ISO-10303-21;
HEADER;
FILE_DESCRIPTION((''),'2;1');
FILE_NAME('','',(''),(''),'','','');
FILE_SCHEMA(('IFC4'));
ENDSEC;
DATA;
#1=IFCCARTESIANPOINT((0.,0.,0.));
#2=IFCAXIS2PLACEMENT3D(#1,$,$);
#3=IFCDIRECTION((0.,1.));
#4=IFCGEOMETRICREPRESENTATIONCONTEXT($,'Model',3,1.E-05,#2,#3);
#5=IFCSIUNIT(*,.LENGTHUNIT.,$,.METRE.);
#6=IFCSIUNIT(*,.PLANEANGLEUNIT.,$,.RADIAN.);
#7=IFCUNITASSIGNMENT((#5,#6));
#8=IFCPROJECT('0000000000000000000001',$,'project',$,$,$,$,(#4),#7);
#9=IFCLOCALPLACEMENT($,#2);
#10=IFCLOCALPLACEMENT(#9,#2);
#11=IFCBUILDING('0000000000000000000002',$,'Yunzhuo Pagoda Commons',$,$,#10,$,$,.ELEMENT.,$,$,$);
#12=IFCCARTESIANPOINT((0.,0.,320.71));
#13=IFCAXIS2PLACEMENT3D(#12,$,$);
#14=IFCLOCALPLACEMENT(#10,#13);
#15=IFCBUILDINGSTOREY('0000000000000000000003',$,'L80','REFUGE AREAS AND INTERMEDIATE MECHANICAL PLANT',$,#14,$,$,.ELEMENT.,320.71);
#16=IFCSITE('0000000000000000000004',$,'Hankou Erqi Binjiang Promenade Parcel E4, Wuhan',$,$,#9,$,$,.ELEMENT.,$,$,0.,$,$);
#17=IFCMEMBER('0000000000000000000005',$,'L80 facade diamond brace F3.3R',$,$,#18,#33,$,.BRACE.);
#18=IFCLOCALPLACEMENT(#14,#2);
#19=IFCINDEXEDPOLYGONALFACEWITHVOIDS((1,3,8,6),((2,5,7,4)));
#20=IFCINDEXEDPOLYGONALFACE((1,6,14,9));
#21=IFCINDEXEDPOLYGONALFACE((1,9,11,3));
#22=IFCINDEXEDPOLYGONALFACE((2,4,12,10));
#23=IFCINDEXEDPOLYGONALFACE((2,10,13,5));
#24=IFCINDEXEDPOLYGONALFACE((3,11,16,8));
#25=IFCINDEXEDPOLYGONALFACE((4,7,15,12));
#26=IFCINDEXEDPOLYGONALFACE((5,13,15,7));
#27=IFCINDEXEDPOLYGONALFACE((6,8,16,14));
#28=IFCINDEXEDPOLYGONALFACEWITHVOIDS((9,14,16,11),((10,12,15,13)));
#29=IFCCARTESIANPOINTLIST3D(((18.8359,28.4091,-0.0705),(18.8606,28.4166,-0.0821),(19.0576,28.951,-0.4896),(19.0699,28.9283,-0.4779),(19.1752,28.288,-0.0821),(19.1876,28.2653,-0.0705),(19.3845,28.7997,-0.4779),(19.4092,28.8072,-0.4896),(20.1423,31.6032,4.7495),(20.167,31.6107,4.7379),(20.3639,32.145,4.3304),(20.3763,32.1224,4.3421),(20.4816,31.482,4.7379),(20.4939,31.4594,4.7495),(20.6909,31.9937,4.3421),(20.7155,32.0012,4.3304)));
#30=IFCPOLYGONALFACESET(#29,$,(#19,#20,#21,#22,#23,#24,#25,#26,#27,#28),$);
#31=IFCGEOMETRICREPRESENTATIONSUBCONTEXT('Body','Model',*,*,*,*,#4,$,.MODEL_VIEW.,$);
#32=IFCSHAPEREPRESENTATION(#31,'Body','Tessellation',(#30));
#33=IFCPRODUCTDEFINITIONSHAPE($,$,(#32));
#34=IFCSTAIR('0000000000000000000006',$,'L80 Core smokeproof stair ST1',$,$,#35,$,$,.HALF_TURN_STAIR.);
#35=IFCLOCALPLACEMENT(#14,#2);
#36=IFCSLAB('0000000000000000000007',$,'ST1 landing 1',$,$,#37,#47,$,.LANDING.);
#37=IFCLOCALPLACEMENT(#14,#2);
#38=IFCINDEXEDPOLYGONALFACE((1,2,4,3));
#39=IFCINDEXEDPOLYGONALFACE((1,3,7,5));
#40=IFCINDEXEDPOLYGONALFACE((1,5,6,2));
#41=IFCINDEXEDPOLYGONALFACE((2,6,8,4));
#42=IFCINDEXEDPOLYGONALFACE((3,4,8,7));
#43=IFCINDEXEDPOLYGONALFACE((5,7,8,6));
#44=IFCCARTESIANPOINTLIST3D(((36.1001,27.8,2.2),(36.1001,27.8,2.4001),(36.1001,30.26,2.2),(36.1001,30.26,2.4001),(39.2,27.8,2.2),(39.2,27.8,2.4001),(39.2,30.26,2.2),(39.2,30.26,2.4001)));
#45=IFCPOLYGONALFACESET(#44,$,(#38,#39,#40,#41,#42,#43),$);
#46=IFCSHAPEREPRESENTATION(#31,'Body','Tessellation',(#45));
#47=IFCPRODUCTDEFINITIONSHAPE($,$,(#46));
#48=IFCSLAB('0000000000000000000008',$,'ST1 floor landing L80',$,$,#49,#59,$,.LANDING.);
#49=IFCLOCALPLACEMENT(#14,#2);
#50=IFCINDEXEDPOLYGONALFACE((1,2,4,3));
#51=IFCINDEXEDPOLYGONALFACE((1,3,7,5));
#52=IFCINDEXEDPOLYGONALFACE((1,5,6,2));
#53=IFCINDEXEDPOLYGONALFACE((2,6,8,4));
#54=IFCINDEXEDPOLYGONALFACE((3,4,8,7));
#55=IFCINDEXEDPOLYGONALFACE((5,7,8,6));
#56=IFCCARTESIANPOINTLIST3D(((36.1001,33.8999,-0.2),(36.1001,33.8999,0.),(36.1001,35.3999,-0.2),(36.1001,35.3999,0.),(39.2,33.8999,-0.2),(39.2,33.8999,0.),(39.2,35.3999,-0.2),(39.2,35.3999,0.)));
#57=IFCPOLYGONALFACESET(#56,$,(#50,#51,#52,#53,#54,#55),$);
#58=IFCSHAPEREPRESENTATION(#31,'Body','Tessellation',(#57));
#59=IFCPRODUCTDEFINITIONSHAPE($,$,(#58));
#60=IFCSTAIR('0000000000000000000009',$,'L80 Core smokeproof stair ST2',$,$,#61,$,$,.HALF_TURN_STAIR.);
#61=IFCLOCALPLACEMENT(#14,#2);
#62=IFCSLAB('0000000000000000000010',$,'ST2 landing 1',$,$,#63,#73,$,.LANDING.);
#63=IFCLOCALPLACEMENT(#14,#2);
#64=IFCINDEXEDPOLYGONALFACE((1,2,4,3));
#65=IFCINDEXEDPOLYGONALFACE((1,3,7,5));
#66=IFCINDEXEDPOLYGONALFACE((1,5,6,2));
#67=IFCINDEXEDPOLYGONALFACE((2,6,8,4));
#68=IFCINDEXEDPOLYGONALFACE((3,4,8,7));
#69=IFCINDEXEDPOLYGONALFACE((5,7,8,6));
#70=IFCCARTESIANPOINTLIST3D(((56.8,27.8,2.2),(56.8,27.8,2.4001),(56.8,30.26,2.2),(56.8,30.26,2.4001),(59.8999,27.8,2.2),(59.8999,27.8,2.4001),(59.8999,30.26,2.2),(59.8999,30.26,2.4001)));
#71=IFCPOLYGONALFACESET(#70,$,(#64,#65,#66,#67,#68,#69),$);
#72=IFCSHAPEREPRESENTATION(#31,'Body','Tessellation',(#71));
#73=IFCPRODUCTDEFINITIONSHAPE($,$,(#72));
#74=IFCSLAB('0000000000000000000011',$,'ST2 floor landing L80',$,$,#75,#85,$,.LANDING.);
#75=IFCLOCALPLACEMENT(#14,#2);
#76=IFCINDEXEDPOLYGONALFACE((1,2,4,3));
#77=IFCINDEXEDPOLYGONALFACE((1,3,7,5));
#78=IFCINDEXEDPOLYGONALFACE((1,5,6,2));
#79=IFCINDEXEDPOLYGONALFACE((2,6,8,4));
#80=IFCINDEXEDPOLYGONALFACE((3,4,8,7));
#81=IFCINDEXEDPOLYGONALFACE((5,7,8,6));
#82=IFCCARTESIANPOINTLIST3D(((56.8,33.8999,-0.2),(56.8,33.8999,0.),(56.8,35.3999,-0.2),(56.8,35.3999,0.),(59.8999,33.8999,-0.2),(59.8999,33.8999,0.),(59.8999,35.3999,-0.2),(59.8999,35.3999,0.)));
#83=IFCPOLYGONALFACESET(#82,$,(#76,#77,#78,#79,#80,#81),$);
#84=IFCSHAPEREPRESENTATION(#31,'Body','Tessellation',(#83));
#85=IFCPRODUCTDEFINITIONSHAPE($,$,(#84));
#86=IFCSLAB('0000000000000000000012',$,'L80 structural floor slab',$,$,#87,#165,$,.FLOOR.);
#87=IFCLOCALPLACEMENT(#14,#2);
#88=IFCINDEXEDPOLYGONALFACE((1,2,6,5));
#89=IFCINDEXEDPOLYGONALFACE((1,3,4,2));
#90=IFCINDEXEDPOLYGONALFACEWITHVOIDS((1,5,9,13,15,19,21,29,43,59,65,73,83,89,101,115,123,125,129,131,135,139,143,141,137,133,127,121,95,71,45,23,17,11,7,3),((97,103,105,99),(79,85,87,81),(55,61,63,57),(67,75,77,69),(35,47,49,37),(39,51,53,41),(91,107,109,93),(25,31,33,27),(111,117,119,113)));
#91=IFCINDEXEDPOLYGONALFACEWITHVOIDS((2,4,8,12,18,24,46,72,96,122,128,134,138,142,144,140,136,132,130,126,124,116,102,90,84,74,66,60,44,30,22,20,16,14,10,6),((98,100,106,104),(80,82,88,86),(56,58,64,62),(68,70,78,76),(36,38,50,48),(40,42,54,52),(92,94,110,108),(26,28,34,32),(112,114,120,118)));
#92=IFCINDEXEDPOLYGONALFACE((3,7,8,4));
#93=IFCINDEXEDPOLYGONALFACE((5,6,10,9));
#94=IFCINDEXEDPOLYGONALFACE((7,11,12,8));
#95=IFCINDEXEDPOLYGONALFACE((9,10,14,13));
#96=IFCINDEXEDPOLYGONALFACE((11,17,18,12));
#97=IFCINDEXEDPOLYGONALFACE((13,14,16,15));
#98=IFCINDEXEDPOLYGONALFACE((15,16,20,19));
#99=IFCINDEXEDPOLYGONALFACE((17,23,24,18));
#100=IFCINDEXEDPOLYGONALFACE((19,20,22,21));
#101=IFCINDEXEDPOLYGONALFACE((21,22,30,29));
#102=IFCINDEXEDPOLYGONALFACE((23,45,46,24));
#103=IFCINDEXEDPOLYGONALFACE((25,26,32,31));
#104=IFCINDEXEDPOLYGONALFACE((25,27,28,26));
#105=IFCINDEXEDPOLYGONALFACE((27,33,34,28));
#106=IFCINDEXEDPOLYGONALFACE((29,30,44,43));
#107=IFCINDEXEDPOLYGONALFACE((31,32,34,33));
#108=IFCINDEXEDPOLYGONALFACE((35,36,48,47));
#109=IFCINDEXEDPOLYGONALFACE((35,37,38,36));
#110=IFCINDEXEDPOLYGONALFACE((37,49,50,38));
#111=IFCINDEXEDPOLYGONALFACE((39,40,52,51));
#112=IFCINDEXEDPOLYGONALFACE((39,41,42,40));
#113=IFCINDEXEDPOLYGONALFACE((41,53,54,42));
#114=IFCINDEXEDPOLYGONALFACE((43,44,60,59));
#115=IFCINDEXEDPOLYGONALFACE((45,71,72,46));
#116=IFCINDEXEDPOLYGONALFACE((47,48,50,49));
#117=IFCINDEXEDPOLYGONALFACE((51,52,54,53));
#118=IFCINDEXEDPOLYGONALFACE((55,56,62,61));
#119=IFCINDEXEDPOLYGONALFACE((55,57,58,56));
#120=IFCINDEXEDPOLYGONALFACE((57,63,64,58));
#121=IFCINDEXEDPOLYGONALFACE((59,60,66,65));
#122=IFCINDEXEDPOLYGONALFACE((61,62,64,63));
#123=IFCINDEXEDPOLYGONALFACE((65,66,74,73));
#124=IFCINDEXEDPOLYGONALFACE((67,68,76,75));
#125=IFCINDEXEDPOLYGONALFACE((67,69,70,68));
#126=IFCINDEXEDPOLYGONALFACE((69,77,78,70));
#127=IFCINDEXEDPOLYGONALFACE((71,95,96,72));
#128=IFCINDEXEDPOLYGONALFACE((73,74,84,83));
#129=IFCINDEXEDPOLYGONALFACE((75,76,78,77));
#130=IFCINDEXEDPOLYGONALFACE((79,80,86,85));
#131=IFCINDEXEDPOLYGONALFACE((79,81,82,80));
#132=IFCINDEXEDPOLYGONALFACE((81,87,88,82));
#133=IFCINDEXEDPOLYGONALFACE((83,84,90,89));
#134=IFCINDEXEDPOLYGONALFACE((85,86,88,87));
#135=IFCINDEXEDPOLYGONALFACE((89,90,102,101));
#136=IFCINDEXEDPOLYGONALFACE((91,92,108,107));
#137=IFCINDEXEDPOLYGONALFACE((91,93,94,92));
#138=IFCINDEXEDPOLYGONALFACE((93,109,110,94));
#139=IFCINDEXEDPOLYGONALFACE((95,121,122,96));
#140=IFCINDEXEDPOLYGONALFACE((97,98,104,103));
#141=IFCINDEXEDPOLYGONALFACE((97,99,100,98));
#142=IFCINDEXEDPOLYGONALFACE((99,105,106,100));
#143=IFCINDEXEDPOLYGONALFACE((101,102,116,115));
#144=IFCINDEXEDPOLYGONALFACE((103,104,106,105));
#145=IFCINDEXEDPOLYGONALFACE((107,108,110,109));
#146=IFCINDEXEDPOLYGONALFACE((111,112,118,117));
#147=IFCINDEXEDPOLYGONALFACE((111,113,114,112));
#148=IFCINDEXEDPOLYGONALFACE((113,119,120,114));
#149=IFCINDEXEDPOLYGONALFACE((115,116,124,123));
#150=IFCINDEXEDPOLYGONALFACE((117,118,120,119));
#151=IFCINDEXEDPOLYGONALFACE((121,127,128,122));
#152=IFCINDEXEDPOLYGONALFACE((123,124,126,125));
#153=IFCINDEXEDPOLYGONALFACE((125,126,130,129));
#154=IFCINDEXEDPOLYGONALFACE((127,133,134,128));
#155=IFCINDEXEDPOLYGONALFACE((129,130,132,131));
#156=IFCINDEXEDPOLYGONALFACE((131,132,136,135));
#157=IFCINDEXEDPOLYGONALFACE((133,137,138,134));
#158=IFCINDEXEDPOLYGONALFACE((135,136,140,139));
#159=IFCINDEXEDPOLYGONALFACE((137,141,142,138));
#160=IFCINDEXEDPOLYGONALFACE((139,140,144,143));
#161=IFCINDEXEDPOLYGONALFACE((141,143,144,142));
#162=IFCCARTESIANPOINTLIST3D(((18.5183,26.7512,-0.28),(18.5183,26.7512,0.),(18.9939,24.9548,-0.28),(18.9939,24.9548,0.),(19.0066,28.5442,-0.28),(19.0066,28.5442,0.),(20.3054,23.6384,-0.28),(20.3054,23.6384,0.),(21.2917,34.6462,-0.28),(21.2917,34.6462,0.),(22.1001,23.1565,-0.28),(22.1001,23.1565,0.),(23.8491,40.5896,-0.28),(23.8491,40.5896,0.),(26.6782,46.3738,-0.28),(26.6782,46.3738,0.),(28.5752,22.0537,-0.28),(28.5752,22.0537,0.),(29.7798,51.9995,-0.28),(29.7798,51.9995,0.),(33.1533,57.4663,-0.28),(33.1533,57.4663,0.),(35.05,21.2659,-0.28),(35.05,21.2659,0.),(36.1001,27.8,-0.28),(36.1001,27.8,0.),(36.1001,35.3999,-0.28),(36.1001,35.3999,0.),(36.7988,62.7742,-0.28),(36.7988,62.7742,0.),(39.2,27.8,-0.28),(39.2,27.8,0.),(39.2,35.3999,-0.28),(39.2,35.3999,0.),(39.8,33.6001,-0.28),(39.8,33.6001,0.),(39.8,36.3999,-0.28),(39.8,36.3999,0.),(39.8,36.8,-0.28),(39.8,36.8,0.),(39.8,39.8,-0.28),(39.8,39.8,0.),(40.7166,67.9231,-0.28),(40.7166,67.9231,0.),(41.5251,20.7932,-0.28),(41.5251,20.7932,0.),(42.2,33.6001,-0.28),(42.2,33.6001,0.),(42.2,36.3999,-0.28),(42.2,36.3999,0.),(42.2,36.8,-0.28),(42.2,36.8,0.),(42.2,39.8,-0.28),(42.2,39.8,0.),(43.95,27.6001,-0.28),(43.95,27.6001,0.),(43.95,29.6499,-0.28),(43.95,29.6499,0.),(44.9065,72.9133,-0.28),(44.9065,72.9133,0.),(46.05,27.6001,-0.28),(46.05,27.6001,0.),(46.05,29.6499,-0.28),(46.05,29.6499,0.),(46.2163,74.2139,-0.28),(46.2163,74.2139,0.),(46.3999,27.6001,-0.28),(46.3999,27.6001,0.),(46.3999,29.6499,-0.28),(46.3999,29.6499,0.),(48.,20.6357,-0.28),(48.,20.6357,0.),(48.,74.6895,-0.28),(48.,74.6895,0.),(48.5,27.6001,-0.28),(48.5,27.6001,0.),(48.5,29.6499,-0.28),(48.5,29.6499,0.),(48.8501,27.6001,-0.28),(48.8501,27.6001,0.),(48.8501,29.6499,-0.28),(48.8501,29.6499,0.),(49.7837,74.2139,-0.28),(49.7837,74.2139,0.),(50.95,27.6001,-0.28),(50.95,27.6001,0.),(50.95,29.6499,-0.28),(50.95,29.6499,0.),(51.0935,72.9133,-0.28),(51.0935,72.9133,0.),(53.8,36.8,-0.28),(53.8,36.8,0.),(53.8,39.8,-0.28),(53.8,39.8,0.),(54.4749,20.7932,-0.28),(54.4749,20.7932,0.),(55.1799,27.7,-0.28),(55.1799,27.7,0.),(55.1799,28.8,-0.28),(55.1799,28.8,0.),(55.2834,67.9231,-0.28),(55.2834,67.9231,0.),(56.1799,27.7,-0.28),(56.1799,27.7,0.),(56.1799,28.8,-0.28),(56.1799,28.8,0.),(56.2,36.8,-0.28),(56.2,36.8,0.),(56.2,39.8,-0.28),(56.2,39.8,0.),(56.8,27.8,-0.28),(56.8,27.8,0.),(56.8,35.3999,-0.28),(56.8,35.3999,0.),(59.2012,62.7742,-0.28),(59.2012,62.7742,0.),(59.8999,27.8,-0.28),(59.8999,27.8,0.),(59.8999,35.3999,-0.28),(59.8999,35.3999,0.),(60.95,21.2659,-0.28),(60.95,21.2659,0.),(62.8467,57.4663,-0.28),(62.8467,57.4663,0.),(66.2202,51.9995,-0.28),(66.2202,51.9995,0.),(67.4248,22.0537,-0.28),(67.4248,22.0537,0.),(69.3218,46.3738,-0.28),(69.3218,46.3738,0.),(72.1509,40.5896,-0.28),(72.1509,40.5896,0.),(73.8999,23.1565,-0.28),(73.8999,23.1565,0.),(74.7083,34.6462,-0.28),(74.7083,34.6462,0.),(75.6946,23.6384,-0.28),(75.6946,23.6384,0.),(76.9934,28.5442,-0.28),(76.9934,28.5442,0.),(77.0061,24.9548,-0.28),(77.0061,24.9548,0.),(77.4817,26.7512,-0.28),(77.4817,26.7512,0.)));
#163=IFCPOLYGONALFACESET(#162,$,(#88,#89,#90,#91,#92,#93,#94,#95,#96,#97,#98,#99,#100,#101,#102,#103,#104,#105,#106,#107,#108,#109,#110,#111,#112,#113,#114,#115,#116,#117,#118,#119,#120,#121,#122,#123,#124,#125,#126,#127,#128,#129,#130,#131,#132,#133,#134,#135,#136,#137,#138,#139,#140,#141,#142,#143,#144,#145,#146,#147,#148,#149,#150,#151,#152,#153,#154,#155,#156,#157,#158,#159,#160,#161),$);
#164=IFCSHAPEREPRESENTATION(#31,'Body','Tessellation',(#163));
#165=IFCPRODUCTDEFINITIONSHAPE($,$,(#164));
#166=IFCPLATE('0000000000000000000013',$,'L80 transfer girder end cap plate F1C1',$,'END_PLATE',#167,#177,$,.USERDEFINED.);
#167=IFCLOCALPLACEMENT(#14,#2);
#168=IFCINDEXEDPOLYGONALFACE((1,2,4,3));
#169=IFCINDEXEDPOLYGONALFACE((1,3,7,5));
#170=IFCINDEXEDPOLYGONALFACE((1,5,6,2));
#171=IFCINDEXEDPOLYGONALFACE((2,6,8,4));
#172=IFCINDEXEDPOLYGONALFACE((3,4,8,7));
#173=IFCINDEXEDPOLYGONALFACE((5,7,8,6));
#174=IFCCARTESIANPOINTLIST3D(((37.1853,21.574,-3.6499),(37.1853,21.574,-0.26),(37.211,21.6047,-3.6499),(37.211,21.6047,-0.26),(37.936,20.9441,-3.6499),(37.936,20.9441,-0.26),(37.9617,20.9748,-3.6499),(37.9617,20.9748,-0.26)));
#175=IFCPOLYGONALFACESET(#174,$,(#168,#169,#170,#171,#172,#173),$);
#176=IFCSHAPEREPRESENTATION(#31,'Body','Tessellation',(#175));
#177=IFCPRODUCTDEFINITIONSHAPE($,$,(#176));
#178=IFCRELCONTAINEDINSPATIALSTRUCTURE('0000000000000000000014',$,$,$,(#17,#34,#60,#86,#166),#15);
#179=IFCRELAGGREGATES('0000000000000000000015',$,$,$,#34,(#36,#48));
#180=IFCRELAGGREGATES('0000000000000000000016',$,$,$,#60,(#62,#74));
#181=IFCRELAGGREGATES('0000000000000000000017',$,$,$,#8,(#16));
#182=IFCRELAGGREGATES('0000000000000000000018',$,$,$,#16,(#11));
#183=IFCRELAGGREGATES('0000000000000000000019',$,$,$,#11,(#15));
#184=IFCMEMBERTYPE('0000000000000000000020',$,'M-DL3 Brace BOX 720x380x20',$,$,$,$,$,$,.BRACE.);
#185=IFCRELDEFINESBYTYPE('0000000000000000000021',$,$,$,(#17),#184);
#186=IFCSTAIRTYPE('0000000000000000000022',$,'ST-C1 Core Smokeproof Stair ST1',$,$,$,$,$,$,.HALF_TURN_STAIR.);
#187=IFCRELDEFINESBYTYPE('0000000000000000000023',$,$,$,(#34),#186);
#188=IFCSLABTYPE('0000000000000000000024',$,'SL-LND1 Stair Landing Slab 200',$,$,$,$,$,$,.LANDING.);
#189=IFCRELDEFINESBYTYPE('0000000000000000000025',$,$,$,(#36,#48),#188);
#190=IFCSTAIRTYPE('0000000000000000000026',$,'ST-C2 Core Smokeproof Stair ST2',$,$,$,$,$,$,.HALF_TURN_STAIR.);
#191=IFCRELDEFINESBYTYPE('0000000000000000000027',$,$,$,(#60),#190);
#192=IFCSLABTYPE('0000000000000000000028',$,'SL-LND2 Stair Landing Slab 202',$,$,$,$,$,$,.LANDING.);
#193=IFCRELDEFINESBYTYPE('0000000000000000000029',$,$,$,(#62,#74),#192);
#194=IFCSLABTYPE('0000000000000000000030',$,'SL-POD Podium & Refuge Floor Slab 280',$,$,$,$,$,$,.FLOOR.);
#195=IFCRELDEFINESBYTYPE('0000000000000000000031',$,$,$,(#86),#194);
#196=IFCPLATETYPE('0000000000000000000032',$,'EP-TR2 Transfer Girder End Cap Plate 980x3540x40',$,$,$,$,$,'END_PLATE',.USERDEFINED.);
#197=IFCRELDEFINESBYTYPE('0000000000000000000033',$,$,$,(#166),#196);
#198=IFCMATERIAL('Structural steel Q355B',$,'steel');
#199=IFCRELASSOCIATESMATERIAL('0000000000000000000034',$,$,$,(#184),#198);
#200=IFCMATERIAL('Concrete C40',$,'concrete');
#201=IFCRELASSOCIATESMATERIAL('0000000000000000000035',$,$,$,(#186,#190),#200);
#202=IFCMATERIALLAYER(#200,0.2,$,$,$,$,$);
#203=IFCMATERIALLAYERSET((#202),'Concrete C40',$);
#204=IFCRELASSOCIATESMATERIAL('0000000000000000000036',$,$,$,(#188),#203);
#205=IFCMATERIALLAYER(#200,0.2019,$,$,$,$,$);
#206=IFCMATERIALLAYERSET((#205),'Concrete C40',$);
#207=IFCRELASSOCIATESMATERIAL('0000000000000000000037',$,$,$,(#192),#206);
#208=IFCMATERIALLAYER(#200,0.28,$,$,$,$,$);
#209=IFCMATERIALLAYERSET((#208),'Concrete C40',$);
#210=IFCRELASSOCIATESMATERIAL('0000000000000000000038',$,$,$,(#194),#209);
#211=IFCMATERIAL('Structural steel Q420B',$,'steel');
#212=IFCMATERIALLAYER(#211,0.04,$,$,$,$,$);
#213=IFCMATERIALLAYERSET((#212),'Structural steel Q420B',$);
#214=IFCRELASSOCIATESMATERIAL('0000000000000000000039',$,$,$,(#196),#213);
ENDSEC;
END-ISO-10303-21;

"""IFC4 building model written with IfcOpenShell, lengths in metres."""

from ifc_helpers import new_model, si_unit, direction, frame, origin, origin_2d, place, context, subcontext, project, spatial, polyline, rectangle, hollow_rectangle, outline, extrude, source, transform, mapped, material, layer, layer_set, material_profile, profile_set, type_object, element, aggregate, save


model = new_model("IFC4")

# Units and contexts
model_context = context("Model", 3, precision=1e-05, world=origin(), true_north=direction((0.0, 1.0)))
body_context = subcontext(model_context, "Body", "Model", "MODEL_VIEW")
ifc_project = project(units=[si_unit("LENGTHUNIT", "METRE"), si_unit("PLANEANGLEUNIT", "RADIAN")], contexts=[model_context])

# Site, building, storey
site_placement = place(None, origin())
site = spatial("IfcSite", under=ifc_project, at=site_placement, Name="Hankou Erqi Binjiang Promenade Parcel E4, Wuhan", CompositionType="ELEMENT", RefElevation=0.0)
building_placement = place(site_placement, origin())
building = spatial("IfcBuilding", under=site, at=building_placement, Name="Yunzhuo Pagoda Commons", CompositionType="ELEMENT")
storey_placement = place(building_placement, frame((0.0, 0.0, 320.71)))
storey = spatial("IfcBuildingStorey", under=building, at=storey_placement, Name="L80", Description="REFUGE AREAS AND INTERMEDIATE MECHANICAL PLANT", CompositionType="ELEMENT", Elevation=320.71)

# Shared definitions
ifc_material_1 = material(Name="Structural steel Q420B", Category="steel")
ifc_material_2 = material(Name="Structural steel Q355B", Category="steel")

# Member
ifc_material_profile_1 = material_profile(ifc_material_2, hollow_rectangle(XDim=0.3799, YDim=0.72, WallThickness=0.02, at=origin_2d()), Name="Structural steel Q355B")
ifc_profile_set_1 = profile_set([ifc_material_profile_1], Name="Structural steel Q355B")
member_type = type_object("IfcMemberType", Name="M-DL3 Brace BOX 720x380x20", PredefinedType="BRACE", material=ifc_profile_set_1)
shared_shape_1 = source(origin(), body_context, "Body", "SweptSolid", [
    extrude(hollow_rectangle(XDim=0.3799, YDim=0.72, WallThickness=0.02, at=origin_2d()), origin(), (0.0, 0.0, 1.0), 5.928),
])
member_1_placement = place(storey_placement, frame((19.1226, 28.6082, -0.28), z_axis=(0.220375, 0.538809, 0.813093), x_axis=(-0.925575, 0.378564, 0.0)))
element("IfcMember", 1, at=member_1_placement, inside=storey, type_object=member_type, Name="L80 facade diamond brace F3.3R", PredefinedType="BRACE", context=body_context, shape_type="MappedRepresentation", body=[
    mapped(shared_shape_1, transform((0.0, 0.0, 0.0), scale=1.0)),
])

# Stairs, slabs
ifc_material_3 = material(Name="Concrete C40", Category="concrete")
stair_type_1 = type_object("IfcStairType", Name="ST-C1 Core Smokeproof Stair ST1", PredefinedType="HALF_TURN_STAIR", material=ifc_material_3)
stair_1_placement = place(storey_placement, origin())
stair_1 = element("IfcStair", 2, at=stair_1_placement, inside=storey, type_object=stair_type_1, Name="L80 Core smokeproof stair ST1", PredefinedType="HALF_TURN_STAIR")
ifc_layer_1 = layer(ifc_material_3, 0.2)
ifc_layer_set_1 = layer_set([ifc_layer_1], Name="Concrete C40")
slab_type_1 = type_object("IfcSlabType", Name="SL-LND1 Stair Landing Slab 200", PredefinedType="LANDING", material=ifc_layer_set_1)
slab_1_placement = place(storey_placement, frame((0.0, 0.0, 2.2)))
slab_1 = element("IfcSlab", 3, at=slab_1_placement, type_object=slab_type_1, Name="ST1 landing 1", PredefinedType="LANDING", context=body_context, shape_type="SweptSolid", body=[
    extrude(outline(polyline([(36.1001, 30.26), (36.1001, 27.8), (39.2, 27.8), (39.2, 30.26), (36.1001, 30.26)])), origin(), (0.0, 0.0, 1.0), 0.2002),
])
slab_2_placement = place(storey_placement, frame((0.0, 0.0, -0.2)))
slab_2 = element("IfcSlab", 4, at=slab_2_placement, type_object=slab_type_1, Name="ST1 floor landing L80", PredefinedType="LANDING", context=body_context, shape_type="SweptSolid", body=[
    extrude(outline(polyline([(36.1001, 35.3999), (36.1001, 33.8999), (39.2, 33.8999), (39.2, 35.3999), (36.1001, 35.3999)])), origin(), (0.0, 0.0, 1.0), 0.2),
])
aggregate(stair_1, [slab_1, slab_2])
stair_type_2 = type_object("IfcStairType", Name="ST-C2 Core Smokeproof Stair ST2", PredefinedType="HALF_TURN_STAIR", material=ifc_material_3)
stair_2_placement = place(storey_placement, origin())
stair_2 = element("IfcStair", 5, at=stair_2_placement, inside=storey, type_object=stair_type_2, Name="L80 Core smokeproof stair ST2", PredefinedType="HALF_TURN_STAIR")
ifc_layer_2 = layer(ifc_material_3, 0.2019)
ifc_layer_set_2 = layer_set([ifc_layer_2], Name="Concrete C40")
slab_type_2 = type_object("IfcSlabType", Name="SL-LND2 Stair Landing Slab 202", PredefinedType="LANDING", material=ifc_layer_set_2)
slab_3_placement = place(storey_placement, frame((0.0, 0.0, 2.2)))
slab_3 = element("IfcSlab", 6, at=slab_3_placement, type_object=slab_type_2, Name="ST2 landing 1", PredefinedType="LANDING", context=body_context, shape_type="SweptSolid", body=[
    extrude(outline(polyline([(56.8, 30.26), (56.8, 27.8), (59.8999, 27.8), (59.8999, 30.26), (56.8, 30.26)])), origin(), (0.0, 0.0, 1.0), 0.2002),
])
slab_4_placement = place(storey_placement, frame((0.0, 0.0, -0.2)))
slab_4 = element("IfcSlab", 7, at=slab_4_placement, type_object=slab_type_2, Name="ST2 floor landing L80", PredefinedType="LANDING", context=body_context, shape_type="SweptSolid", body=[
    extrude(outline(polyline([(56.8, 35.3999), (56.8, 33.8999), (59.8999, 33.8999), (59.8999, 35.3999), (56.8, 35.3999)])), origin(), (0.0, 0.0, 1.0), 0.2),
])
aggregate(stair_2, [slab_3, slab_4])

# Slab
ifc_layer_3 = layer(ifc_material_3, 0.28)
ifc_layer_set_3 = layer_set([ifc_layer_3], Name="Concrete C40")
slab_type_3 = type_object("IfcSlabType", Name="SL-POD Podium & Refuge Floor Slab 280", PredefinedType="FLOOR", material=ifc_layer_set_3)
slab_5_placement = place(storey_placement, frame((0.0, 0.0, -0.28)))
element("IfcSlab", 8, at=slab_5_placement, inside=storey, type_object=slab_type_3, Name="L80 structural floor slab", PredefinedType="FLOOR", context=body_context, shape_type="SweptSolid", body=[
    extrude(outline(polyline([(21.2917, 34.6462), (23.8491, 40.5896), (26.6782, 46.3738), (29.7798, 51.9995), (33.1533, 57.4663), (36.7988, 62.7742), (40.7166, 67.9231), (44.9065, 72.9133), (46.2163, 74.2139), (48.0, 74.6895), (49.7837, 74.2139), (51.0935, 72.9133), (55.2834, 67.9231), (59.2012, 62.7742), (62.8467, 57.4663), (66.2202, 51.9995), (69.3218, 46.3738), (72.1509, 40.5896), (74.7083, 34.6462), (76.9934, 28.5442), (77.4817, 26.7512), (77.0061, 24.9548), (75.6946, 23.6384), (73.8999, 23.1565), (67.4248, 22.0537), (60.95, 21.2659), (54.4749, 20.7932), (48.0, 20.6357), (41.5251, 20.7932), (35.05, 21.2659), (28.5752, 22.0537), (22.1001, 23.1565), (20.3054, 23.6384), (18.9939, 24.9548), (18.5183, 26.7512), (19.0066, 28.5442), (21.2917, 34.6462)]), holes=[polyline([(56.1799, 28.8), (55.1799, 28.8), (55.1799, 27.7), (56.1799, 27.7), (56.1799, 28.8)]), polyline([(46.05, 29.6499), (43.95, 29.6499), (43.95, 27.6001), (46.05, 27.6001), (46.05, 29.6499)]), polyline([(48.5, 29.6499), (46.3999, 29.6499), (46.3999, 27.6001), (48.5, 27.6001), (48.5, 29.6499)]), polyline([(50.95, 29.6499), (48.8501, 29.6499), (48.8501, 27.6001), (50.95, 27.6001), (50.95, 29.6499)]), polyline([(39.2, 27.8), (39.2, 35.3999), (36.1001, 35.3999), (36.1001, 27.8), (39.2, 27.8)]), polyline([(59.8999, 27.8), (59.8999, 35.3999), (56.8, 35.3999), (56.8, 27.8), (59.8999, 27.8)]), polyline([(42.2, 36.3999), (39.8, 36.3999), (39.8, 33.6001), (42.2, 33.6001), (42.2, 36.3999)]), polyline([(42.2, 36.8), (42.2, 39.8), (39.8, 39.8), (39.8, 36.8), (42.2, 36.8)]), polyline([(56.2, 36.8), (56.2, 39.8), (53.8, 39.8), (53.8, 36.8), (56.2, 36.8)])]), origin(), (0.0, 0.0, 1.0), 0.28),
])

# Plate
ifc_layer_4 = layer(ifc_material_1, 0.04)
ifc_layer_set_4 = layer_set([ifc_layer_4], Name="Structural steel Q420B")
plate_type_1 = type_object("IfcPlateType", Name="EP-TR2 Transfer Girder End Cap Plate 980x3540x40", ElementType="END_PLATE", PredefinedType="USERDEFINED", material=ifc_layer_set_4)
shared_shape_2 = source(origin(), body_context, "Body", "SweptSolid", [
    extrude(rectangle(XDim=0.98, YDim=0.04, at=origin_2d()), origin(), (0.0, 0.0, 1.0), 3.3899),
])
for number, where, z_axis, x_axis, name in (
    (9, (37.5735, 21.2744, -3.6499), (0.0, 0.0, 1.0), (0.766044, -0.642788, 0.0), "L80 transfer girder end cap plate F1C1"),
):
    element("IfcPlate", number, at=place(storey_placement, frame(where, z_axis=z_axis, x_axis=x_axis)), inside=storey, type_object=plate_type_1, Name=name, ObjectType="END_PLATE", PredefinedType="USERDEFINED", context=body_context, shape_type="MappedRepresentation", body=[
        mapped(shared_shape_2, transform((0.0, 0.0, 0.0), scale=1.0)),
    ])

save(model, "model.ifc")
